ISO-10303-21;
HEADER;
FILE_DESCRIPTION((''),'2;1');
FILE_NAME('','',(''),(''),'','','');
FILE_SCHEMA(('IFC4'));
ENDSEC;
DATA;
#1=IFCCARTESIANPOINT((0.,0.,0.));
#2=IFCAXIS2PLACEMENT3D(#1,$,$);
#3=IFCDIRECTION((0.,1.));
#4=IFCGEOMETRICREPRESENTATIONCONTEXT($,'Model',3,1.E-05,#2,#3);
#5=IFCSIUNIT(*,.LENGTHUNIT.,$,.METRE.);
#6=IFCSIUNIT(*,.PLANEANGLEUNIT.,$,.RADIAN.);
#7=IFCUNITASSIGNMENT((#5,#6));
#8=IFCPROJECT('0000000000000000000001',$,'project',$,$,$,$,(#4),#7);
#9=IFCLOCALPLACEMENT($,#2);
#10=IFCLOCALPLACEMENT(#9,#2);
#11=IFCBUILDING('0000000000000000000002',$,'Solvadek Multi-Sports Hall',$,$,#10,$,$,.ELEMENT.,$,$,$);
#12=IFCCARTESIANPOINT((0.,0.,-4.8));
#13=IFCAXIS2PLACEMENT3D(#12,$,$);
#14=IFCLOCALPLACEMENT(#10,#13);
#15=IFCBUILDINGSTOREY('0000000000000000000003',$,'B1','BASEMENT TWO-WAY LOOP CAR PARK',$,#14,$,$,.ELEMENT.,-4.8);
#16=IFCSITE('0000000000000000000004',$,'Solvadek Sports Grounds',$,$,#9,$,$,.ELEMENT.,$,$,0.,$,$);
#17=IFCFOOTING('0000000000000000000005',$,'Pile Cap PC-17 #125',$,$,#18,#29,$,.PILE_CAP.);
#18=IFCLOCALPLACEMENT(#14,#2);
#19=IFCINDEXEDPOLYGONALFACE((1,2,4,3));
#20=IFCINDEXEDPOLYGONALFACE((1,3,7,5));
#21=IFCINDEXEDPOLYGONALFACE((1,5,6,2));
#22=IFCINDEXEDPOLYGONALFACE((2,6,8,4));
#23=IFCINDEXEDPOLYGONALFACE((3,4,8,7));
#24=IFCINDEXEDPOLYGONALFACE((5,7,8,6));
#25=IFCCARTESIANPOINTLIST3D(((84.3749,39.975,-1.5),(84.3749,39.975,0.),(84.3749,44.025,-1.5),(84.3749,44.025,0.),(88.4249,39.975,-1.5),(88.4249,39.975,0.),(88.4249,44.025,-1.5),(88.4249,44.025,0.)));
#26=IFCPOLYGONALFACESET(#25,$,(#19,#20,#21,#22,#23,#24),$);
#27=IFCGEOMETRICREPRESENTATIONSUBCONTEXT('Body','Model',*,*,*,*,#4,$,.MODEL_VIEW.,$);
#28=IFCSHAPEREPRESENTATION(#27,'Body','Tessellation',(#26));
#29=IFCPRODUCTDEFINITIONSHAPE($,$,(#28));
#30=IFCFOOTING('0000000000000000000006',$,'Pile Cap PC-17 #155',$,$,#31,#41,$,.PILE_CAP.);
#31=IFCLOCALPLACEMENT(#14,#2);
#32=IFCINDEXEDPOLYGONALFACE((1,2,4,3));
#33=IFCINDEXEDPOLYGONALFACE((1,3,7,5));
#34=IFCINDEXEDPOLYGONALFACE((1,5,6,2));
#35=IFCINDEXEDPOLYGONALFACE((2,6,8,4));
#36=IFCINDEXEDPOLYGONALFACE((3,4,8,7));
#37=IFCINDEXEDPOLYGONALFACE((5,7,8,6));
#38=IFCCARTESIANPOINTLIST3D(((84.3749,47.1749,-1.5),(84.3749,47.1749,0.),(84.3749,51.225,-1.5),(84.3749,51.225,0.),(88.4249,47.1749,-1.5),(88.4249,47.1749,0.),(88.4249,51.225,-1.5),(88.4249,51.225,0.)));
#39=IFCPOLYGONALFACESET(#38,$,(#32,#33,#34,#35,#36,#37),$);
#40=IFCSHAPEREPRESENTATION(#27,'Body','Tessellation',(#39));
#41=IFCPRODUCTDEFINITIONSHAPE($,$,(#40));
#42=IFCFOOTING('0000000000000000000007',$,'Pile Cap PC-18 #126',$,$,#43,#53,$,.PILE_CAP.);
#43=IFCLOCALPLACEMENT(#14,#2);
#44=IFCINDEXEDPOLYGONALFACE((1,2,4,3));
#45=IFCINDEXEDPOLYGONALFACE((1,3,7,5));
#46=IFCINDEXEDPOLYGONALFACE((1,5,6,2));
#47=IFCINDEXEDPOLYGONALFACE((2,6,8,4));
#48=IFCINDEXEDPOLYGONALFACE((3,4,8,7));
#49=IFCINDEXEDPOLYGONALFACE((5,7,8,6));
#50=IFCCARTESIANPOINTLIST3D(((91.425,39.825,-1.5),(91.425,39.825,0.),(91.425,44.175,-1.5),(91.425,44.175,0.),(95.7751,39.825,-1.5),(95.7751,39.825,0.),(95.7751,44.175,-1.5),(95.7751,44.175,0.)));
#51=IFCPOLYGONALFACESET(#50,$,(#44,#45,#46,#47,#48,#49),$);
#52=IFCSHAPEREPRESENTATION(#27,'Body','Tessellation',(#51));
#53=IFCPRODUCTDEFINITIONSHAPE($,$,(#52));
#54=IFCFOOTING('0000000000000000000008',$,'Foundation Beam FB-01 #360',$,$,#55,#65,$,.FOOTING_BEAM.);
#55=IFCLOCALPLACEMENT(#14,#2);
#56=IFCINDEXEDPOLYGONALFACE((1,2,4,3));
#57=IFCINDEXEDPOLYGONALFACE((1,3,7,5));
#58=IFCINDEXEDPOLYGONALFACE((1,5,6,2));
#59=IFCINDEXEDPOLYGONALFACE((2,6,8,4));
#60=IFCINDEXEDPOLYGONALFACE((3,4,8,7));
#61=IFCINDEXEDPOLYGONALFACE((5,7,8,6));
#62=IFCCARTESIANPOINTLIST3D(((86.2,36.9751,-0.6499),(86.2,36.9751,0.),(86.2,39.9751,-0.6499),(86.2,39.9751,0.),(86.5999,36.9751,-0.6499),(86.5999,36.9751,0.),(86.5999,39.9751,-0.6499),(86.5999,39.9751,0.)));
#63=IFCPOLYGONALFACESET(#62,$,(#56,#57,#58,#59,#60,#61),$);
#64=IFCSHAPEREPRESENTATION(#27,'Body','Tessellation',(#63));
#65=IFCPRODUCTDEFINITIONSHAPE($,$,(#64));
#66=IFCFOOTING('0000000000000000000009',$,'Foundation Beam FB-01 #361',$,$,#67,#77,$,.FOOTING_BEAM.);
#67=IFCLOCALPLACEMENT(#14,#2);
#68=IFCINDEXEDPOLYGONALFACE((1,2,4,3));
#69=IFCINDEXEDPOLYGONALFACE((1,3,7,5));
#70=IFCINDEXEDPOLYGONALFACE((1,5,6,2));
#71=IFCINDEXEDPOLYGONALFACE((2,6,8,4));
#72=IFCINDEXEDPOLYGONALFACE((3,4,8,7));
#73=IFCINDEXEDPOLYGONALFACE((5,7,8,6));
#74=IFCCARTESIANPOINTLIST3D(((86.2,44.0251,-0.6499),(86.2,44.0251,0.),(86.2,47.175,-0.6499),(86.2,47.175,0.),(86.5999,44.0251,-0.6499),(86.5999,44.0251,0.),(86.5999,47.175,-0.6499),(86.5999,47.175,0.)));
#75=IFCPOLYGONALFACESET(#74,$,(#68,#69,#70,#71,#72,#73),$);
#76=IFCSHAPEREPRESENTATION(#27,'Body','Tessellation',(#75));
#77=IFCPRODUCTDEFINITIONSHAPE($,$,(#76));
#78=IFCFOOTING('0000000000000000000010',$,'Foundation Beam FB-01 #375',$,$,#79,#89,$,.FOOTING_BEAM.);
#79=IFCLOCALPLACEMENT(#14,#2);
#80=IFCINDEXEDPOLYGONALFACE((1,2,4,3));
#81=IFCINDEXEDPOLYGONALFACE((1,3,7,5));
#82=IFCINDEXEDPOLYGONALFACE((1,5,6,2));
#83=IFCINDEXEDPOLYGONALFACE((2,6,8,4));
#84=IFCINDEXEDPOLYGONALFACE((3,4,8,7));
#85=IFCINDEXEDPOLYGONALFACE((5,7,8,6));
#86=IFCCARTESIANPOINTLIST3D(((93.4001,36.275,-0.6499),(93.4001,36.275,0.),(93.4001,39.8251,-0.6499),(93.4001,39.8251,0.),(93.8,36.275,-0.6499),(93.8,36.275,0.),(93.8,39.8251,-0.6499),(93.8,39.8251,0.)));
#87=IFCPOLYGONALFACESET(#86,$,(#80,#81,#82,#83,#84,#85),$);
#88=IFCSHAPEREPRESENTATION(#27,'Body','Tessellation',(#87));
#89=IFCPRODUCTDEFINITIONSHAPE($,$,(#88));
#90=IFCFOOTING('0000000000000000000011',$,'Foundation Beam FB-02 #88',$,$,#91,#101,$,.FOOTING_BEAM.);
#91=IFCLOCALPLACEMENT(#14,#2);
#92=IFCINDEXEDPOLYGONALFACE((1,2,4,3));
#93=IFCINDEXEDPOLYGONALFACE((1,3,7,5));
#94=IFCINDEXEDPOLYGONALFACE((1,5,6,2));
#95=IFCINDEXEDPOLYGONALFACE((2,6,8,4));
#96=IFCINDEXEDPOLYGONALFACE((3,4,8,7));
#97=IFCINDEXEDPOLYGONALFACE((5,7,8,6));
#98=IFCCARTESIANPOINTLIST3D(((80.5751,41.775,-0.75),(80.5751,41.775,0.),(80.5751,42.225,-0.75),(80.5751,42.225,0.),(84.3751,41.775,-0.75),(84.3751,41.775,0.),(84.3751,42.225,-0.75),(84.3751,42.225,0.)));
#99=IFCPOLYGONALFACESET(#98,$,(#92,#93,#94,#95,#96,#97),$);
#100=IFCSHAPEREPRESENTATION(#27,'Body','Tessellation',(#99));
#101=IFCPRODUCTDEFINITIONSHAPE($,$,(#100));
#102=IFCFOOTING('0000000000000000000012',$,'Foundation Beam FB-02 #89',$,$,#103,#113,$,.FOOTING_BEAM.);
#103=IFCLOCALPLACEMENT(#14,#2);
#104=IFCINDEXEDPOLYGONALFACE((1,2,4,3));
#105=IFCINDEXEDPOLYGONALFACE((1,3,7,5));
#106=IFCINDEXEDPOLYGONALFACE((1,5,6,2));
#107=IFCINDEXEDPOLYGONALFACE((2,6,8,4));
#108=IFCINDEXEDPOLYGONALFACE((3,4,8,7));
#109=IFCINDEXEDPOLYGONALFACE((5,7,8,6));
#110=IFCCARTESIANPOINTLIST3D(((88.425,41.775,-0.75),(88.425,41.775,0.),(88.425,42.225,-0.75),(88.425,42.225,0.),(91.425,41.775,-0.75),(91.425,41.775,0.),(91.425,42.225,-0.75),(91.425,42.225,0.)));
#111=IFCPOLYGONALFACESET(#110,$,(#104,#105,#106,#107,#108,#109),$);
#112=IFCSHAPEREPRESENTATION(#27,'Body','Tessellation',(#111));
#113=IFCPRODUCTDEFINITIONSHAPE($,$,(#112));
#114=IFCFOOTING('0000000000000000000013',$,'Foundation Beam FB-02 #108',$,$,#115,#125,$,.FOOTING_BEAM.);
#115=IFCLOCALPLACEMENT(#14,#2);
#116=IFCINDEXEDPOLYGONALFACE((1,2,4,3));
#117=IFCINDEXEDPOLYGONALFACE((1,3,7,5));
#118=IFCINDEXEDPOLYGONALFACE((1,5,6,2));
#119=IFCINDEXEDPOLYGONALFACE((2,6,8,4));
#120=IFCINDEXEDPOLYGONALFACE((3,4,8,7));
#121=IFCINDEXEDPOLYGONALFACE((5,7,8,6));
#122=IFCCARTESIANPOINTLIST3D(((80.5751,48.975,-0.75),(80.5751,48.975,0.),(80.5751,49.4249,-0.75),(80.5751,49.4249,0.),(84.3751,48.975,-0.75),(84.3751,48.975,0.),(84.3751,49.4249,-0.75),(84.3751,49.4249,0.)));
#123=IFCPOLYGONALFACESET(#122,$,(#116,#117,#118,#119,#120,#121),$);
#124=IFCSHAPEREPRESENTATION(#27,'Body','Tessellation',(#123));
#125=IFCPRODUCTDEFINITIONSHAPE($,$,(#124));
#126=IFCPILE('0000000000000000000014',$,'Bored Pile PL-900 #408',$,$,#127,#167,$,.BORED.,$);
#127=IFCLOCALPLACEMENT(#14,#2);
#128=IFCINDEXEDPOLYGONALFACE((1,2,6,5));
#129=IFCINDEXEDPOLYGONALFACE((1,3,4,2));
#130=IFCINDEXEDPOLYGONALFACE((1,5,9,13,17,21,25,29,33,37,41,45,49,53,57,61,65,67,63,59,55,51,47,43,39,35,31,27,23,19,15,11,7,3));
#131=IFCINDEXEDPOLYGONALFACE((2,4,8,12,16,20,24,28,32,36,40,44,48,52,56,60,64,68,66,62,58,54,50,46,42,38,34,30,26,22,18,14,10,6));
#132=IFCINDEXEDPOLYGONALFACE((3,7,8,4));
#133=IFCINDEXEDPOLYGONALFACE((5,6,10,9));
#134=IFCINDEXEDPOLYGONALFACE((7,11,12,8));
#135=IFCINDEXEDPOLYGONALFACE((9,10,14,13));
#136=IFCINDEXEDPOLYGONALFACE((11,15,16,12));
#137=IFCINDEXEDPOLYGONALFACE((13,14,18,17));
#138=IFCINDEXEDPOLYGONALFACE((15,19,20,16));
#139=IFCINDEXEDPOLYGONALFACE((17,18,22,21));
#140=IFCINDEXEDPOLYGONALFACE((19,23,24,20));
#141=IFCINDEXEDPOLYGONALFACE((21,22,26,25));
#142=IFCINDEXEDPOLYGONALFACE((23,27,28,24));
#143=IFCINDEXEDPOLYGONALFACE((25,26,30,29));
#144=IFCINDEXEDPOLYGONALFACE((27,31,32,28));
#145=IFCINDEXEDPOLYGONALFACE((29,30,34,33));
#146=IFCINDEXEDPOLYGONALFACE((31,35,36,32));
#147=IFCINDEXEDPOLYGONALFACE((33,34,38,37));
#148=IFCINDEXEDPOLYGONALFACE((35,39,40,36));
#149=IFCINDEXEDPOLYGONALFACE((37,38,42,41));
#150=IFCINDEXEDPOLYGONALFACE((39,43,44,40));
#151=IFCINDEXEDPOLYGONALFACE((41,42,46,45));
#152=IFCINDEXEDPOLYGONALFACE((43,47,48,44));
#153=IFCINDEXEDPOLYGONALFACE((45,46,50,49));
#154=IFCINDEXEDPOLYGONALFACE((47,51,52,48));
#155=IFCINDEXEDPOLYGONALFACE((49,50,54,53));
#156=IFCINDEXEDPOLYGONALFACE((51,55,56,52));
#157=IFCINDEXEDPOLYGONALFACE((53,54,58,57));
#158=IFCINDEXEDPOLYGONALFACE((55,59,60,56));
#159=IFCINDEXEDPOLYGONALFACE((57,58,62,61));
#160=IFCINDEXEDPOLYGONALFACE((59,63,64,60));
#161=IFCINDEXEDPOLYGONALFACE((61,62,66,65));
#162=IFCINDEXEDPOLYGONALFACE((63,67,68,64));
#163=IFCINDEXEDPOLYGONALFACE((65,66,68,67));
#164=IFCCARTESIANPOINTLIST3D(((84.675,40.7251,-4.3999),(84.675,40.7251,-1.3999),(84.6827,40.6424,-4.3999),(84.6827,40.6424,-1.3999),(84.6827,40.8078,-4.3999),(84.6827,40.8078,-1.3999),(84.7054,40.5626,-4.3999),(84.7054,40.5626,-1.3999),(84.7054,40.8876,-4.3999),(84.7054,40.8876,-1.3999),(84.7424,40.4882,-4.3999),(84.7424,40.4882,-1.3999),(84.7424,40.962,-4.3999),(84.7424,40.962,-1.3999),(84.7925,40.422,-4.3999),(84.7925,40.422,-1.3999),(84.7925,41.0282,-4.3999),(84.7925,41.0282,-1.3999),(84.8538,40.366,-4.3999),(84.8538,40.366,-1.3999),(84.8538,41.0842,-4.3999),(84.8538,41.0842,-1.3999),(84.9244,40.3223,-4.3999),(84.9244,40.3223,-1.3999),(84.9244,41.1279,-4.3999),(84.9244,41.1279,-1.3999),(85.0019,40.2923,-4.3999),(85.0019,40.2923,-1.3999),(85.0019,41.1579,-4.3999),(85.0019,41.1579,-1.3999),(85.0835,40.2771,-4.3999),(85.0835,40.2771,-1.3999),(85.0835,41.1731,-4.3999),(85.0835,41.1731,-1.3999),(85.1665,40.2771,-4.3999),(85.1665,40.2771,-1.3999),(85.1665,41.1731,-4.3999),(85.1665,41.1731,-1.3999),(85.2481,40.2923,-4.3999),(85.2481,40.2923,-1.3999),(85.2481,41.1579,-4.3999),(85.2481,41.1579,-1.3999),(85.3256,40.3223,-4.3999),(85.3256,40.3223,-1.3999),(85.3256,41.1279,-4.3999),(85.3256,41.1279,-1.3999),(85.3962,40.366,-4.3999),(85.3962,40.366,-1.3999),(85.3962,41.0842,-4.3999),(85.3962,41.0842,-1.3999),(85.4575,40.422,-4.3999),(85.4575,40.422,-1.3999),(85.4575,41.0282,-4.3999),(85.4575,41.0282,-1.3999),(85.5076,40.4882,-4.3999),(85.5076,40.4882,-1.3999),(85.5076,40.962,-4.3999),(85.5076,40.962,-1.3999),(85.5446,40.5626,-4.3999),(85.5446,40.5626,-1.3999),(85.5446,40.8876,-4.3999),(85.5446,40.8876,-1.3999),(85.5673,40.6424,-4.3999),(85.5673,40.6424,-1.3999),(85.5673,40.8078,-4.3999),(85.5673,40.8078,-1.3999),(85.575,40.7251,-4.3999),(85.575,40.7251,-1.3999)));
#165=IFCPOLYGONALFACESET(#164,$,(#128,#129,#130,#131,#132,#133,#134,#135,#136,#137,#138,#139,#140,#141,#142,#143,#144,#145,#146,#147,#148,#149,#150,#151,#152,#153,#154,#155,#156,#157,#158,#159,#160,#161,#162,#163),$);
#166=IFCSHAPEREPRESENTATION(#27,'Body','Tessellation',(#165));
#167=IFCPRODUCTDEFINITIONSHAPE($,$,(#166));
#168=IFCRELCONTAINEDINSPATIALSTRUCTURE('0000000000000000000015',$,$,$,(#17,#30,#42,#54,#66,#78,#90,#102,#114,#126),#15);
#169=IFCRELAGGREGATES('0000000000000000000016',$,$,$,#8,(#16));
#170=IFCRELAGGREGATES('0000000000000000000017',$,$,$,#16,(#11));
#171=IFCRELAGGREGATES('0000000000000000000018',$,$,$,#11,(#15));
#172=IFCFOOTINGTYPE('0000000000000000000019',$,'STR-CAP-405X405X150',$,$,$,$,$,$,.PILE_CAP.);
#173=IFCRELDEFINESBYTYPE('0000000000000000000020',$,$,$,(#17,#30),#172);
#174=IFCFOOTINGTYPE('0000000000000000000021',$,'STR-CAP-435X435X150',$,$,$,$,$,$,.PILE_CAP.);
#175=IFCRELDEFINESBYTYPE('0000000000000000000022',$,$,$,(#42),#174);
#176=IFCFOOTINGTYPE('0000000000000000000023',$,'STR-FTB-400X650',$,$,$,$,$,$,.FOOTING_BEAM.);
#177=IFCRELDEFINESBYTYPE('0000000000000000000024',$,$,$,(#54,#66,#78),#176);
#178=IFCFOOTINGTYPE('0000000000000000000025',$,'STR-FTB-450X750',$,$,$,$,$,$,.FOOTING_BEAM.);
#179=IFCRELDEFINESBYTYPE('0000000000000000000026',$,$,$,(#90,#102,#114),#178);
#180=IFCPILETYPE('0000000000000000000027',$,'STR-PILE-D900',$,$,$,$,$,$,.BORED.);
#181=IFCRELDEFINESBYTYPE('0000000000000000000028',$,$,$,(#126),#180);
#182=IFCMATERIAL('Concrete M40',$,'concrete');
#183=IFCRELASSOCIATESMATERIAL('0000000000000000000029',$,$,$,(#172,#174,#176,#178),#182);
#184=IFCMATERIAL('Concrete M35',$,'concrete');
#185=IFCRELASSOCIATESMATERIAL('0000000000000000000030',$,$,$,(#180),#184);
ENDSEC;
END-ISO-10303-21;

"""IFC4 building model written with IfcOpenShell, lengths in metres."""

from ifc_helpers import new_model, si_unit, direction, frame, origin, origin_2d, place, context, subcontext, project, spatial, rectangle, circle, extrude, material, material_profile, profile_set, type_object, element, save


model = new_model("IFC4")

# Units and contexts
model_context = context("Model", 3, precision=1e-05, world=origin(), true_north=direction((0.0, 1.0)))
body_context = subcontext(model_context, "Body", "Model", "MODEL_VIEW")
ifc_project = project(units=[si_unit("LENGTHUNIT", "METRE"), si_unit("PLANEANGLEUNIT", "RADIAN")], contexts=[model_context])

# Site, building, storey
site_placement = place(None, origin())
site = spatial("IfcSite", under=ifc_project, at=site_placement, Name="Solvadek Sports Grounds", CompositionType="ELEMENT", RefElevation=0.0)
building_placement = place(site_placement, origin())
building = spatial("IfcBuilding", under=site, at=building_placement, Name="Solvadek Multi-Sports Hall", CompositionType="ELEMENT")
storey_placement = place(building_placement, frame((0.0, 0.0, -4.8)))
storey = spatial("IfcBuildingStorey", under=building, at=storey_placement, Name="B1", Description="BASEMENT TWO-WAY LOOP CAR PARK", CompositionType="ELEMENT", Elevation=-4.8)

# Footings
ifc_material_1 = material(Name="Concrete M40", Category="concrete")
footing_type_1 = type_object("IfcFootingType", Name="STR-CAP-405X405X150", PredefinedType="PILE_CAP", material=ifc_material_1)
for number, where, z_axis, x_axis, name in (
    (1, (86.3999, 42.0, -1.5), (0.0, 0.0, 1.0), (1.0, 0.0, 0.0), "Pile Cap PC-17 #125"),
    (2, (86.3999, 49.2, -1.5), (0.0, 0.0, 1.0), (1.0, 0.0, 0.0), "Pile Cap PC-17 #155"),
):
    element("IfcFooting", number, at=place(storey_placement, frame(where, z_axis=z_axis, x_axis=x_axis)), inside=storey, type_object=footing_type_1, Name=name, PredefinedType="PILE_CAP", context=body_context, shape_type="SweptSolid", body=[
        extrude(rectangle(XDim=4.05, YDim=4.05, at=origin_2d()), origin(), (0.0, 0.0, 1.0), 1.5),
    ])
footing_type_2 = type_object("IfcFootingType", Name="STR-CAP-435X435X150", PredefinedType="PILE_CAP", material=ifc_material_1)
footing_1_placement = place(storey_placement, frame((93.6001, 42.0, -1.5), z_axis=(0.0, 0.0, 1.0), x_axis=(1.0, 0.0, 0.0)))
element("IfcFooting", 3, at=footing_1_placement, inside=storey, type_object=footing_type_2, Name="Pile Cap PC-18 #126", PredefinedType="PILE_CAP", context=body_context, shape_type="SweptSolid", body=[
    extrude(rectangle(XDim=4.3501, YDim=4.3501, at=origin_2d()), origin(), (0.0, 0.0, 1.0), 1.5),
])
footing_type_3 = type_object("IfcFootingType", Name="STR-FTB-400X650", PredefinedType="FOOTING_BEAM", material=ifc_material_1)
footing_2_placement = place(storey_placement, frame((86.3999, 38.4751, -0.6499), z_axis=(0.0, 0.0, 1.0), x_axis=(0.0, 1.0, 0.0)))
element("IfcFooting", 4, at=footing_2_placement, inside=storey, type_object=footing_type_3, Name="Foundation Beam FB-01 #360", PredefinedType="FOOTING_BEAM", context=body_context, shape_type="SweptSolid", body=[
    extrude(rectangle(XDim=3.0, YDim=0.3999, at=origin_2d()), origin(), (0.0, 0.0, 1.0), 0.6499),
])
footing_3_placement = place(storey_placement, frame((86.3999, 45.6001, -0.6499), z_axis=(0.0, 0.0, 1.0), x_axis=(0.0, 1.0, 0.0)))
element("IfcFooting", 5, at=footing_3_placement, inside=storey, type_object=footing_type_3, Name="Foundation Beam FB-01 #361", PredefinedType="FOOTING_BEAM", context=body_context, shape_type="SweptSolid", body=[
    extrude(rectangle(XDim=3.1499, YDim=0.3999, at=origin_2d()), origin(), (0.0, 0.0, 1.0), 0.6499),
])
footing_4_placement = place(storey_placement, frame((93.6001, 38.05, -0.6499), z_axis=(0.0, 0.0, 1.0), x_axis=(0.0, 1.0, 0.0)))
element("IfcFooting", 6, at=footing_4_placement, inside=storey, type_object=footing_type_3, Name="Foundation Beam FB-01 #375", PredefinedType="FOOTING_BEAM", context=body_context, shape_type="SweptSolid", body=[
    extrude(rectangle(XDim=3.55, YDim=0.3999, at=origin_2d()), origin(), (0.0, 0.0, 1.0), 0.6499),
])
footing_type_4 = type_object("IfcFootingType", Name="STR-FTB-450X750", PredefinedType="FOOTING_BEAM", material=ifc_material_1)
footing_5_placement = place(storey_placement, frame((82.4751, 42.0, -0.75), z_axis=(0.0, 0.0, 1.0), x_axis=(1.0, 0.0, 0.0)))
element("IfcFooting", 7, at=footing_5_placement, inside=storey, type_object=footing_type_4, Name="Foundation Beam FB-02 #88", PredefinedType="FOOTING_BEAM", context=body_context, shape_type="SweptSolid", body=[
    extrude(rectangle(XDim=3.8, YDim=0.45, at=origin_2d()), origin(), (0.0, 0.0, 1.0), 0.75),
])
footing_6_placement = place(storey_placement, frame((89.925, 42.0, -0.75), z_axis=(0.0, 0.0, 1.0), x_axis=(1.0, 0.0, 0.0)))
element("IfcFooting", 8, at=footing_6_placement, inside=storey, type_object=footing_type_4, Name="Foundation Beam FB-02 #89", PredefinedType="FOOTING_BEAM", context=body_context, shape_type="SweptSolid", body=[
    extrude(rectangle(XDim=3.0, YDim=0.45, at=origin_2d()), origin(), (0.0, 0.0, 1.0), 0.75),
])
footing_7_placement = place(storey_placement, frame((82.4751, 49.2, -0.75), z_axis=(0.0, 0.0, 1.0), x_axis=(1.0, 0.0, 0.0)))
element("IfcFooting", 9, at=footing_7_placement, inside=storey, type_object=footing_type_4, Name="Foundation Beam FB-02 #108", PredefinedType="FOOTING_BEAM", context=body_context, shape_type="SweptSolid", body=[
    extrude(rectangle(XDim=3.8, YDim=0.45, at=origin_2d()), origin(), (0.0, 0.0, 1.0), 0.75),
])

# Pile
ifc_material_2 = material(Name="Concrete M35", Category="concrete")
ifc_material_profile_1 = material_profile(ifc_material_2, circle(Radius=0.45, at=origin_2d()), Name="BORED PILE D900")
ifc_profile_set_1 = profile_set([ifc_material_profile_1], Name="Concrete M35")
pile_type = type_object("IfcPileType", Name="STR-PILE-D900", PredefinedType="BORED", material=ifc_profile_set_1)
for number, where, z_axis, x_axis, name in (
    (10, (85.125, 40.7251, -1.3999), (0.0, 0.0, -1.0), (1.0, 0.0, 0.0), "Bored Pile PL-900 #408"),
):
    element("IfcPile", number, at=place(storey_placement, frame(where, z_axis=z_axis, x_axis=x_axis)), inside=storey, type_object=pile_type, Name=name, PredefinedType="BORED", context=body_context, shape_type="SweptSolid", body=[
        extrude(circle(Radius=0.45, at=origin_2d()), origin(), (0.0, 0.0, 1.0), 3.0),
    ])

save(model, "model.ifc")
